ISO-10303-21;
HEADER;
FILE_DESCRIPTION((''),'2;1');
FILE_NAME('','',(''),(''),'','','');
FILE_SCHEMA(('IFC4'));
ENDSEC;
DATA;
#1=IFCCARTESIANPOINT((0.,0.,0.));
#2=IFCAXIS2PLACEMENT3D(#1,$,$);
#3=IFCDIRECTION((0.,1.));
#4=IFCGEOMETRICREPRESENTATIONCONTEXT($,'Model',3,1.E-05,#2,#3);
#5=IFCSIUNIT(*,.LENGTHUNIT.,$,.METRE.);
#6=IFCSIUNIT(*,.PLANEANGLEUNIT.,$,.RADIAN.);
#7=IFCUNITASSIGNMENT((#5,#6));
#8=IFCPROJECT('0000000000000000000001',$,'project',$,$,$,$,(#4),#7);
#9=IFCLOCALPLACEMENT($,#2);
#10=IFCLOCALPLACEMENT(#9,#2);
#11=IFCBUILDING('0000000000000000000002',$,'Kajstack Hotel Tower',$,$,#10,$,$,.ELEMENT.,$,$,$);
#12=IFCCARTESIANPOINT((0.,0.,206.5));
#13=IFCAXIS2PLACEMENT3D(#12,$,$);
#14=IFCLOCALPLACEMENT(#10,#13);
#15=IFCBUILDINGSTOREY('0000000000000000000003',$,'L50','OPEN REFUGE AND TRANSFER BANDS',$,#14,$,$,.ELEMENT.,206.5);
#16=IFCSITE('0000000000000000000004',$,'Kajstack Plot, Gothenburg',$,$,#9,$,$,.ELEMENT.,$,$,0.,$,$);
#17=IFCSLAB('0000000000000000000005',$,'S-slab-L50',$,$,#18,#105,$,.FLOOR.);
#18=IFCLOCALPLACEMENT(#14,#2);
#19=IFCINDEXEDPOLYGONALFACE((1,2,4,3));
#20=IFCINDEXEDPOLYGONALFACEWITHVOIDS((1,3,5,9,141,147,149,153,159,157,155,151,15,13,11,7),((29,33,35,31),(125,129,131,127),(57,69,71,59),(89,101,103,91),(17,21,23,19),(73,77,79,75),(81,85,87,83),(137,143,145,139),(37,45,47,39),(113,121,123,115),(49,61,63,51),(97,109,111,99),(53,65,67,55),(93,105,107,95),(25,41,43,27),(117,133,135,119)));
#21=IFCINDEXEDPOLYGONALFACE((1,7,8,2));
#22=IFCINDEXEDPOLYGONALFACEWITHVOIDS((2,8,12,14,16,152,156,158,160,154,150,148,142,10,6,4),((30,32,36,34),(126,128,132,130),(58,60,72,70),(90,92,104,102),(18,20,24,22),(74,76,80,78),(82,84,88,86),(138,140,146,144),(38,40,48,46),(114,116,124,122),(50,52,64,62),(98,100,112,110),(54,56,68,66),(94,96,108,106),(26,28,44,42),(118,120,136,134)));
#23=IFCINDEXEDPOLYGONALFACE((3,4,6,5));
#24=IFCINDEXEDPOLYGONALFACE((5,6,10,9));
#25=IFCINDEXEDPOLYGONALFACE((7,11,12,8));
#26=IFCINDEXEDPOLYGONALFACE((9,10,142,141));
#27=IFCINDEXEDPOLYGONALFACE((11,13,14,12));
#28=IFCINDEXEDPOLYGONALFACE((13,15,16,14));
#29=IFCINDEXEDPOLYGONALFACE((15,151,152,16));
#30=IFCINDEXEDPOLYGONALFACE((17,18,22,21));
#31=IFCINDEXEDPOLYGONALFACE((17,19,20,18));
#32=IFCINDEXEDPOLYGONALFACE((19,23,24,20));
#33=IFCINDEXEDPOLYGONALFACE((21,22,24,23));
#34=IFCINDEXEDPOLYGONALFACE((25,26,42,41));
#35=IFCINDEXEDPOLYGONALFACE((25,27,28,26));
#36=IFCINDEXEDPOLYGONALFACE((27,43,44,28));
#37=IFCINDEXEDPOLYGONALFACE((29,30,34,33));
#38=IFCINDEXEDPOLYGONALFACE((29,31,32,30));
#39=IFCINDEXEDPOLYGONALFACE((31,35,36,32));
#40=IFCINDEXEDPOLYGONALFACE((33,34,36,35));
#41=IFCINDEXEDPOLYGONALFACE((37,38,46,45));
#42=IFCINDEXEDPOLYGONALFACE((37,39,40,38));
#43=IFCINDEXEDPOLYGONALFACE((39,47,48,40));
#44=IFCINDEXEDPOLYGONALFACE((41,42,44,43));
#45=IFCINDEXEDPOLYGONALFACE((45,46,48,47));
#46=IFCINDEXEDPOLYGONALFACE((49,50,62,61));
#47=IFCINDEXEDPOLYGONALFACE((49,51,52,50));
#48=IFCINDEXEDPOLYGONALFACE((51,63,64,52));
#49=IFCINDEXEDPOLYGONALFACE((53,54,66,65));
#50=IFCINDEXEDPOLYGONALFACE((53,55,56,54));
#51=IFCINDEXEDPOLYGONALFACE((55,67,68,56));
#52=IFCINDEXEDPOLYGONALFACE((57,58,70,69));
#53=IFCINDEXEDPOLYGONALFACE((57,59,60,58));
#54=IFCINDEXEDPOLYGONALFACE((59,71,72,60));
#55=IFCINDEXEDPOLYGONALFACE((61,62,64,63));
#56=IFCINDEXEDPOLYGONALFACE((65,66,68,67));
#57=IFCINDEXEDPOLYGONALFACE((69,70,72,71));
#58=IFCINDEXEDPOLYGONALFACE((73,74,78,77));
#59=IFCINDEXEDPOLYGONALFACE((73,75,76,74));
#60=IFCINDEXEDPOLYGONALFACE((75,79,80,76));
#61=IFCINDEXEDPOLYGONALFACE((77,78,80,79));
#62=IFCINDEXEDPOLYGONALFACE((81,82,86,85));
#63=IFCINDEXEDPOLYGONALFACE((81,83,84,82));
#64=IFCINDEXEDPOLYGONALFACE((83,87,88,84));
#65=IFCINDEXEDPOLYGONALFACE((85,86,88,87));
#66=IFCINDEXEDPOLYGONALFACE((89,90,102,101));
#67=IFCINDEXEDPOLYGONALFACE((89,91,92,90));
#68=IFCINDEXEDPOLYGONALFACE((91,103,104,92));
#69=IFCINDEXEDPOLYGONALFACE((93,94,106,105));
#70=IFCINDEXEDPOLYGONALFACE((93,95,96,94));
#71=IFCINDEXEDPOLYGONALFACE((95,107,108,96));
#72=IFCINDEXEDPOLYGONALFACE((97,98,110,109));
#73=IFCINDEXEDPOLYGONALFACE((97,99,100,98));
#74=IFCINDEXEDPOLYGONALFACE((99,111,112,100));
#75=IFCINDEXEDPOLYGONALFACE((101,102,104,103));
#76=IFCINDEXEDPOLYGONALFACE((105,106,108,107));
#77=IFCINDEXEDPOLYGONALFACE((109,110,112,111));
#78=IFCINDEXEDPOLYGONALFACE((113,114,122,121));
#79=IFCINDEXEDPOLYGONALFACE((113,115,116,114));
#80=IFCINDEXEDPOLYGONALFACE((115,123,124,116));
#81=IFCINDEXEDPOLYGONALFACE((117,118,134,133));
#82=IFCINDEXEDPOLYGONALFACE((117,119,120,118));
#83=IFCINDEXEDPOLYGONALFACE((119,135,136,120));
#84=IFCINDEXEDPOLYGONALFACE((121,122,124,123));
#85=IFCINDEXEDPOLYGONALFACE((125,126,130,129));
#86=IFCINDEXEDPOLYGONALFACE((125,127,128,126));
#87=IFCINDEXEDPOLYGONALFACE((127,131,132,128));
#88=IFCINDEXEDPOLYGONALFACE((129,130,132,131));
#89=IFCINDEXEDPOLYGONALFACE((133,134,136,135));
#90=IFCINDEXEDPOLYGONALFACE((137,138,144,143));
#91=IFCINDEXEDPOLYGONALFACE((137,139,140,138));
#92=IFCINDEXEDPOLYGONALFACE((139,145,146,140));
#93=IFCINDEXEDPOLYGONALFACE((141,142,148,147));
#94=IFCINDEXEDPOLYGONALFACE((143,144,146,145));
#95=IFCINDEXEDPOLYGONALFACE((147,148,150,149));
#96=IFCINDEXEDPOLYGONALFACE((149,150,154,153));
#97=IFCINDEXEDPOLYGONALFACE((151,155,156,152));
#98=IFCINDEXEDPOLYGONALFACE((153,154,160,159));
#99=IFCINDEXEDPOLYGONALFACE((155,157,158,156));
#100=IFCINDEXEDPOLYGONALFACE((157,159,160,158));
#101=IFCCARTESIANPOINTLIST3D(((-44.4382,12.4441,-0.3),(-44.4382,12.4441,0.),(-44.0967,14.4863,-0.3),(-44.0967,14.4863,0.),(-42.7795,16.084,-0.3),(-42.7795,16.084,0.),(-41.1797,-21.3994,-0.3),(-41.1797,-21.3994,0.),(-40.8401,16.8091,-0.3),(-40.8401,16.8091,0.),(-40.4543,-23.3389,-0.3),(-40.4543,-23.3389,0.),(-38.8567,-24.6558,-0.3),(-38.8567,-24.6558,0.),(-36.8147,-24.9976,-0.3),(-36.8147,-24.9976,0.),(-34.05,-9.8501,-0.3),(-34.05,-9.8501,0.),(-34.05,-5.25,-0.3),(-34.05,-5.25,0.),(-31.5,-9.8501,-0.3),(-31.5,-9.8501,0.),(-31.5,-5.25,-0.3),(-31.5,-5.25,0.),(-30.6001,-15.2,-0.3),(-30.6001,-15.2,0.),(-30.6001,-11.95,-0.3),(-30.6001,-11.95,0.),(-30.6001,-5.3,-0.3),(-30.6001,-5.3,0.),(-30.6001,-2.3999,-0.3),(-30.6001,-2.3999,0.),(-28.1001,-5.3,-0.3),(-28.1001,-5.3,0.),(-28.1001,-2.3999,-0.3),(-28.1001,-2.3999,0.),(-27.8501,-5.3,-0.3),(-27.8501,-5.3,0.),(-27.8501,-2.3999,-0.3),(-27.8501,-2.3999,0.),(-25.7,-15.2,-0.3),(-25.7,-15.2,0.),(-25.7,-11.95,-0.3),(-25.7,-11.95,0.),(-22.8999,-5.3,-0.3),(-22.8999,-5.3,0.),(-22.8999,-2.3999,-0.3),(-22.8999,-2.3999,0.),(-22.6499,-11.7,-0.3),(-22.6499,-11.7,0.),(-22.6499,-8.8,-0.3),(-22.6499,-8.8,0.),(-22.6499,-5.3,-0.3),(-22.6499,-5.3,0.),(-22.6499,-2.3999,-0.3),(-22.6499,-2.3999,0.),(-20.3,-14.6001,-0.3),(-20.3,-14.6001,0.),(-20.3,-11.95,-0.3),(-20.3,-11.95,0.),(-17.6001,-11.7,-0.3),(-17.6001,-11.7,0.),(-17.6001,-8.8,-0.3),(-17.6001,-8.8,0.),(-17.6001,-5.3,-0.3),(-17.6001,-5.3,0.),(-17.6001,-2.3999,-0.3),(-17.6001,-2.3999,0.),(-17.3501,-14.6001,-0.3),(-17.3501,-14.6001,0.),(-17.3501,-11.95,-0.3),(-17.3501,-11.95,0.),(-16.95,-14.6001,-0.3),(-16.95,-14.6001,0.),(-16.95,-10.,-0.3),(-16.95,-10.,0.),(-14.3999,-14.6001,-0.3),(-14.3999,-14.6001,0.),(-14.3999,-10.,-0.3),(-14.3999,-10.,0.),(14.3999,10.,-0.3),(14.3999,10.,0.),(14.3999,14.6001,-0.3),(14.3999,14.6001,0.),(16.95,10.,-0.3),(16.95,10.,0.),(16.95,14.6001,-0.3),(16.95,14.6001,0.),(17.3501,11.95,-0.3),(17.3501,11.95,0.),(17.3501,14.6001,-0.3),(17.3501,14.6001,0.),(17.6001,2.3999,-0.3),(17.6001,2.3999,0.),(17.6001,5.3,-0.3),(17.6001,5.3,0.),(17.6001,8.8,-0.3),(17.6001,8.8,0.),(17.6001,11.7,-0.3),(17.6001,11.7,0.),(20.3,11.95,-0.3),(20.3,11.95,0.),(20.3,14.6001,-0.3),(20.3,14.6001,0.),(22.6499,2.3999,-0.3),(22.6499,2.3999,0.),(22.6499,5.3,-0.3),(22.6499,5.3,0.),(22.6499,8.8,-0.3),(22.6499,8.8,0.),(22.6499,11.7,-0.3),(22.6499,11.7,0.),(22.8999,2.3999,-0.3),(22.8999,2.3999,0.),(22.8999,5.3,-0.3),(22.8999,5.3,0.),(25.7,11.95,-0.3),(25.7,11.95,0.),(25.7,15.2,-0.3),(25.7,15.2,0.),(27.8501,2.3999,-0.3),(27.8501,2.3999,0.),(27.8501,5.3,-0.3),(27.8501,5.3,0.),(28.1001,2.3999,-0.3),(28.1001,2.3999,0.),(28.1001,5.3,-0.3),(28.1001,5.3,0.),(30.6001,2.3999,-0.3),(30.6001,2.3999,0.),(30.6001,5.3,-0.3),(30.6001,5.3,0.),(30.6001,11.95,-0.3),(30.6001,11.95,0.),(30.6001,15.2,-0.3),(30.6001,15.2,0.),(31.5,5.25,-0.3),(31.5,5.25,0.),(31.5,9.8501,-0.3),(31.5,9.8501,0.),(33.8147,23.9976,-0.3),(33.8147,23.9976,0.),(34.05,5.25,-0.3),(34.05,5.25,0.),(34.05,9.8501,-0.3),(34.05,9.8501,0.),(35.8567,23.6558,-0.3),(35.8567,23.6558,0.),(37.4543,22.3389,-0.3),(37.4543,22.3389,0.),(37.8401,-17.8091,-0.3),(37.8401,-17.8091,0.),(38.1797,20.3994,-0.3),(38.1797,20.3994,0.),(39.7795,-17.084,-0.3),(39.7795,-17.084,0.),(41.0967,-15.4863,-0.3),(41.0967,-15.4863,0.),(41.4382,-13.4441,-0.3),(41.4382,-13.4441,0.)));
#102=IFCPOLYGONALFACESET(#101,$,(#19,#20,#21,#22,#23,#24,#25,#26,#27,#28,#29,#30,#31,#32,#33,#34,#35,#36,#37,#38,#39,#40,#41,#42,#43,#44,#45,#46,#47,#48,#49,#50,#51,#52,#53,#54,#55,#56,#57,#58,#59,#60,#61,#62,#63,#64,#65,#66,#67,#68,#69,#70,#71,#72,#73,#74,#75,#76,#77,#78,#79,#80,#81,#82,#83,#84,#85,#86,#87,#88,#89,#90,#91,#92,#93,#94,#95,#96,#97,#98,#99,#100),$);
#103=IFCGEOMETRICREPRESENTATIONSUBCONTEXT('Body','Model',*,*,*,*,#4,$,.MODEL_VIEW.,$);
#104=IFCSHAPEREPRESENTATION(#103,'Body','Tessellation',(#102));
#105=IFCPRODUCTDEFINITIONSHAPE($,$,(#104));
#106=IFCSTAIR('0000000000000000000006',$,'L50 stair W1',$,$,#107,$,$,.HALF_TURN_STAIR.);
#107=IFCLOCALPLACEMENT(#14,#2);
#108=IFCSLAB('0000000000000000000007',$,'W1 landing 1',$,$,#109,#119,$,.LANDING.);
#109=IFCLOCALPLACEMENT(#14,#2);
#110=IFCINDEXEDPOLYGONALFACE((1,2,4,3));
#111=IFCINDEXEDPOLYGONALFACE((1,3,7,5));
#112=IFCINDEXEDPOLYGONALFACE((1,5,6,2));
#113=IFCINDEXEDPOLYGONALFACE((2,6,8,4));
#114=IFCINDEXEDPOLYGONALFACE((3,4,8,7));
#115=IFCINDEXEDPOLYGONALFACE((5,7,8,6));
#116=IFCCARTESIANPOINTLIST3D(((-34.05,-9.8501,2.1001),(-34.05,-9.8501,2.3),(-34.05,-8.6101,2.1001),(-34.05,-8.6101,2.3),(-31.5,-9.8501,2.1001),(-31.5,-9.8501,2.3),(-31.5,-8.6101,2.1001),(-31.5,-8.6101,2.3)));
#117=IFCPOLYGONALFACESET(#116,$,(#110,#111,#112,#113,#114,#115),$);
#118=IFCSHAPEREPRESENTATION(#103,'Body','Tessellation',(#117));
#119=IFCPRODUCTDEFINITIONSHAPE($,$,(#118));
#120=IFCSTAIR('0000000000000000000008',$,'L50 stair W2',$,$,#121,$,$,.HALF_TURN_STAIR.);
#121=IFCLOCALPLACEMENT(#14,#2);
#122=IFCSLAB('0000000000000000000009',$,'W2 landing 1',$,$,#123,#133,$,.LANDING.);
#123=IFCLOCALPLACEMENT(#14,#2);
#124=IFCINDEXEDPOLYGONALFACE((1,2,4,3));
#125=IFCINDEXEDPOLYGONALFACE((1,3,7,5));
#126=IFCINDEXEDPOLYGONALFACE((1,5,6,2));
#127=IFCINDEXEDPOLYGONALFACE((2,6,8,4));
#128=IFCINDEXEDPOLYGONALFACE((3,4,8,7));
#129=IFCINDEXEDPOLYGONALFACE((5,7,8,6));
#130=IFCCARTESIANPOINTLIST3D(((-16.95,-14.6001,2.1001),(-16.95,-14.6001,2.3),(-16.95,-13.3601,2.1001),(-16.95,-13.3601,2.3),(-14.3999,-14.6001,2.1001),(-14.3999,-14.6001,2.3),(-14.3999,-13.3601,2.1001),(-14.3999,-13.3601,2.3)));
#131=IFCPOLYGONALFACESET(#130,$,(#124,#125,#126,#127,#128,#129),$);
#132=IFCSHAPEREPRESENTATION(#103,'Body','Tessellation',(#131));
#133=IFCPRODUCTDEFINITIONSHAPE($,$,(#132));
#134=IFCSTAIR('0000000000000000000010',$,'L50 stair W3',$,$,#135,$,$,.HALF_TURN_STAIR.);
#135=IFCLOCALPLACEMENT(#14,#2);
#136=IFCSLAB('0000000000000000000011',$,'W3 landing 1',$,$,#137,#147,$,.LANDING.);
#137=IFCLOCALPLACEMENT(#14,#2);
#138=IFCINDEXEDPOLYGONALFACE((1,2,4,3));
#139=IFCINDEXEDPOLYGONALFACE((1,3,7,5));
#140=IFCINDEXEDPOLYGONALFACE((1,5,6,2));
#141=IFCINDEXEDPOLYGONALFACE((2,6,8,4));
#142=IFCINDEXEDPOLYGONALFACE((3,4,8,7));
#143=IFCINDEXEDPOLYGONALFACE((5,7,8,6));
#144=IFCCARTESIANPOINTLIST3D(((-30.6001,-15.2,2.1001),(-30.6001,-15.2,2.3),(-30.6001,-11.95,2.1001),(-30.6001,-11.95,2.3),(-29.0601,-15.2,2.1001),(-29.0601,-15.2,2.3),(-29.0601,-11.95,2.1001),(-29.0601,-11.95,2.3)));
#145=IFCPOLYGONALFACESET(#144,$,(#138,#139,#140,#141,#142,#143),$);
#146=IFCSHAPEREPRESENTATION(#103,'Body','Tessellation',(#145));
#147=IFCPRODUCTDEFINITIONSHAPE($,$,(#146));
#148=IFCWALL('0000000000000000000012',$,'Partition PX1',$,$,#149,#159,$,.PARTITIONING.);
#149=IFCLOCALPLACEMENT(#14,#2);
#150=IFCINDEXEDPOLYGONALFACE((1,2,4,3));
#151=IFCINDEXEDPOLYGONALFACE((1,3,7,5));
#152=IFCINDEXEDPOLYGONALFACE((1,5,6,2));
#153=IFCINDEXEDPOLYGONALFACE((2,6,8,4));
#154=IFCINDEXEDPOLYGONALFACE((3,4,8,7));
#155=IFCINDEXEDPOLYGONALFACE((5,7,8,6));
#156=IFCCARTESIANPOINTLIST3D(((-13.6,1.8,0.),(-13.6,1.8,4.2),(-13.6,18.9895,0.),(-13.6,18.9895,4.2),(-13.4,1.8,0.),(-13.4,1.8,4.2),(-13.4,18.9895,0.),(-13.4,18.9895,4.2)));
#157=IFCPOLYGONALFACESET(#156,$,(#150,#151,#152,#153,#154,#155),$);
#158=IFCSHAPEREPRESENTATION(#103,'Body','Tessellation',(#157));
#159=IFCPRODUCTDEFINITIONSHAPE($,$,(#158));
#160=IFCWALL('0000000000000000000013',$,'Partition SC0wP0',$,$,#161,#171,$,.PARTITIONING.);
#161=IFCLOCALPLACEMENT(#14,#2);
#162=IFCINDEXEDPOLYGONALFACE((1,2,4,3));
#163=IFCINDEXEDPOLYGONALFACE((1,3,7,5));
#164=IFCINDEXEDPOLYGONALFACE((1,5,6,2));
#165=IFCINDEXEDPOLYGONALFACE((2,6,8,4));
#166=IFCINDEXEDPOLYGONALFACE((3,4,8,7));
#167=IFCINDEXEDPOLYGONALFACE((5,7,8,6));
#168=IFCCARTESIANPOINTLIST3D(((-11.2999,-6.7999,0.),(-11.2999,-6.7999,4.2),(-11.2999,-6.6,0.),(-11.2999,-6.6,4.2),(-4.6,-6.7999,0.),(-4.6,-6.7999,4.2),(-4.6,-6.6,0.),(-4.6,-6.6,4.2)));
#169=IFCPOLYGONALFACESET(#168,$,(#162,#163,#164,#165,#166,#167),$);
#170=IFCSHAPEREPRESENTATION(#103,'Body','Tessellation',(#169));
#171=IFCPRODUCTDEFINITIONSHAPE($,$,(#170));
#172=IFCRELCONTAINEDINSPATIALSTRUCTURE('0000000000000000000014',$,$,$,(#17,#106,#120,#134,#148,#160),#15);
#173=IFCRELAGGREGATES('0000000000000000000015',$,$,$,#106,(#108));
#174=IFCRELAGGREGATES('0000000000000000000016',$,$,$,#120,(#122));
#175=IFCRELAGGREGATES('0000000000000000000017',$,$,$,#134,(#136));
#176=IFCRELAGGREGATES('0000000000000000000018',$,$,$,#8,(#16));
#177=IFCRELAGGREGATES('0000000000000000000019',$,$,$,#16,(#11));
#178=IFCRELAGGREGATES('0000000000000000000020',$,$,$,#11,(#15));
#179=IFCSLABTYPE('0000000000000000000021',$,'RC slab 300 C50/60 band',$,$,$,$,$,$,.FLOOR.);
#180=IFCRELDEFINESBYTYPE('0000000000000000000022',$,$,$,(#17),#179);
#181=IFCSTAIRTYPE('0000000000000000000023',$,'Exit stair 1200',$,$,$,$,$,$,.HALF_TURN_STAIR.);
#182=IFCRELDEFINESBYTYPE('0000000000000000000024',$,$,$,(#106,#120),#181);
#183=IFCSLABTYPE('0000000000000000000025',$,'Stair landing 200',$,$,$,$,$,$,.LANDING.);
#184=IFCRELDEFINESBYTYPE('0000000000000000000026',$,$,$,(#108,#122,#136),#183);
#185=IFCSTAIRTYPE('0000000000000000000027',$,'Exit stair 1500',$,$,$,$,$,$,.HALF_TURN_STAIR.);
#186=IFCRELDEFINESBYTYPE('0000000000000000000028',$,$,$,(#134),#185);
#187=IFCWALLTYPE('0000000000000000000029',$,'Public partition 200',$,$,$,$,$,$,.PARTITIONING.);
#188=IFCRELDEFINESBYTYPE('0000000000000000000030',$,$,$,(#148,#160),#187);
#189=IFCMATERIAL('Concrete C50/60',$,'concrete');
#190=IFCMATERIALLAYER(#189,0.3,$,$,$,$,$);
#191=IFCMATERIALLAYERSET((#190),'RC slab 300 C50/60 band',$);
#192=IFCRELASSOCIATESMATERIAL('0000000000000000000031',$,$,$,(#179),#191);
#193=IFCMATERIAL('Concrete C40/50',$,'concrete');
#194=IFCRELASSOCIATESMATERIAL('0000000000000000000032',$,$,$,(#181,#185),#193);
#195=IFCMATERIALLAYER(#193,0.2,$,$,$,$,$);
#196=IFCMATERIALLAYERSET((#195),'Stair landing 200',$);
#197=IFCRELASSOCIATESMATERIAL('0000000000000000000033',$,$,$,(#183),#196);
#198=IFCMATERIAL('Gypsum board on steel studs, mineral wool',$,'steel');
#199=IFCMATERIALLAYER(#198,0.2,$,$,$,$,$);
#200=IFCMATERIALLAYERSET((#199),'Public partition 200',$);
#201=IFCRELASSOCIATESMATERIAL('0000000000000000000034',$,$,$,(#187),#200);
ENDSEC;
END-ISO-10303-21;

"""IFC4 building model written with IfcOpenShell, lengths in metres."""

from ifc_helpers import new_model, si_unit, direction, frame, frame_2d, origin, place, context, subcontext, project, spatial, polyline, rectangle, outline, extrude, material, layer, layer_set, type_object, element, aggregate, save


model = new_model("IFC4")

# Units and contexts
model_context = context("Model", 3, precision=1e-05, world=origin(), true_north=direction((0.0, 1.0)))
body_context = subcontext(model_context, "Body", "Model", "MODEL_VIEW")
ifc_project = project(units=[si_unit("LENGTHUNIT", "METRE"), si_unit("PLANEANGLEUNIT", "RADIAN")], contexts=[model_context])

# Site, building, storey
site_placement = place(None, origin())
site = spatial("IfcSite", under=ifc_project, at=site_placement, Name="Kajstack Plot, Gothenburg", CompositionType="ELEMENT", RefElevation=0.0)
building_placement = place(site_placement, origin())
building = spatial("IfcBuilding", under=site, at=building_placement, Name="Kajstack Hotel Tower", CompositionType="ELEMENT")
storey_placement = place(building_placement, frame((0.0, 0.0, 206.5)))
storey = spatial("IfcBuildingStorey", under=building, at=storey_placement, Name="L50", Description="OPEN REFUGE AND TRANSFER BANDS", CompositionType="ELEMENT", Elevation=206.5)

# Slab
ifc_material_1 = material(Name="Concrete C50/60", Category="concrete")
ifc_layer_1 = layer(ifc_material_1, 0.3)
ifc_layer_set_1 = layer_set([ifc_layer_1], Name="RC slab 300 C50/60 band")
slab_type_1 = type_object("IfcSlabType", Name="RC slab 300 C50/60 band", PredefinedType="FLOOR", material=ifc_layer_set_1)
slab_1_placement = place(storey_placement, frame((0.0, 0.0, -0.3)))
element("IfcSlab", 1, at=slab_1_placement, inside=storey, type_object=slab_type_1, Name="S-slab-L50", PredefinedType="FLOOR", context=body_context, shape_type="SweptSolid", body=[
    extrude(outline(polyline([(-44.4382, 12.4441), (-41.1797, -21.3994), (-40.4543, -23.3389), (-38.8567, -24.6558), (-36.8147, -24.9976), (37.8401, -17.8091), (39.7795, -17.084), (41.0967, -15.4863), (41.4382, -13.4441), (38.1797, 20.3994), (37.4543, 22.3389), (35.8567, 23.6558), (33.8147, 23.9976), (-40.8401, 16.8091), (-42.7795, 16.084), (-44.0967, 14.4863), (-44.4382, 12.4441)]), holes=[polyline([(-22.6499, -11.7), (-22.6499, -8.8), (-17.6001, -8.8), (-17.6001, -11.7), (-22.6499, -11.7)]), polyline([(-27.8501, -5.3), (-27.8501, -2.3999), (-22.8999, -2.3999), (-22.8999, -5.3), (-27.8501, -5.3)]), polyline([(-22.6499, -5.3), (-22.6499, -2.3999), (-17.6001, -2.3999), (-17.6001, -5.3), (-22.6499, -5.3)]), polyline([(-20.3, -14.6001), (-17.3501, -14.6001), (-17.3501, -11.95), (-20.3, -11.95), (-20.3, -14.6001)]), polyline([(-30.6001, -5.3), (-28.1001, -5.3), (-28.1001, -2.3999), (-30.6001, -2.3999), (-30.6001, -5.3)]), polyline([(17.6001, 8.8), (17.6001, 11.7), (22.6499, 11.7), (22.6499, 8.8), (17.6001, 8.8)]), polyline([(22.8999, 2.3999), (22.8999, 5.3), (27.8501, 5.3), (27.8501, 2.3999), (22.8999, 2.3999)]), polyline([(17.6001, 2.3999), (17.6001, 5.3), (22.6499, 5.3), (22.6499, 2.3999), (17.6001, 2.3999)]), polyline([(20.3, 14.6001), (17.3501, 14.6001), (17.3501, 11.95), (20.3, 11.95), (20.3, 14.6001)]), polyline([(30.6001, 5.3), (28.1001, 5.3), (28.1001, 2.3999), (30.6001, 2.3999), (30.6001, 5.3)]), polyline([(-34.05, -9.8501), (-31.5, -9.8501), (-31.5, -5.25), (-34.05, -5.25), (-34.05, -9.8501)]), polyline([(-16.95, -14.6001), (-14.3999, -14.6001), (-14.3999, -10.0), (-16.95, -10.0), (-16.95, -14.6001)]), polyline([(-30.6001, -15.2), (-25.7, -15.2), (-25.7, -11.95), (-30.6001, -11.95), (-30.6001, -15.2)]), polyline([(34.05, 9.8501), (31.5, 9.8501), (31.5, 5.25), (34.05, 5.25), (34.05, 9.8501)]), polyline([(16.95, 14.6001), (14.3999, 14.6001), (14.3999, 10.0), (16.95, 10.0), (16.95, 14.6001)]), polyline([(30.6001, 15.2), (25.7, 15.2), (25.7, 11.95), (30.6001, 11.95), (30.6001, 15.2)])]), origin(), (0.0, 0.0, 1.0), 0.3),
])

# Stairs, slabs
ifc_material_2 = material(Name="Concrete C40/50", Category="concrete")
stair_type_1 = type_object("IfcStairType", Name="Exit stair 1200", PredefinedType="HALF_TURN_STAIR", material=ifc_material_2)
stair_1_placement = place(storey_placement, origin())
stair_1 = element("IfcStair", 2, at=stair_1_placement, inside=storey, type_object=stair_type_1, Name="L50 stair W1", PredefinedType="HALF_TURN_STAIR")
ifc_layer_2 = layer(ifc_material_2, 0.2)
ifc_layer_set_2 = layer_set([ifc_layer_2], Name="Stair landing 200")
slab_type_2 = type_object("IfcSlabType", Name="Stair landing 200", PredefinedType="LANDING", material=ifc_layer_set_2)
slab_2_placement = place(storey_placement, frame((0.0, 0.0, 2.1001)))
slab_2 = element("IfcSlab", 3, at=slab_2_placement, type_object=slab_type_2, Name="W1 landing 1", PredefinedType="LANDING", context=body_context, shape_type="SweptSolid", body=[
    extrude(outline(polyline([(-34.05, -8.6101), (-34.05, -9.8501), (-31.5, -9.8501), (-31.5, -8.6101), (-34.05, -8.6101)])), origin(), (0.0, 0.0, 1.0), 0.2),
])
aggregate(stair_1, [slab_2])
stair_2_placement = place(storey_placement, origin())
stair_2 = element("IfcStair", 4, at=stair_2_placement, inside=storey, type_object=stair_type_1, Name="L50 stair W2", PredefinedType="HALF_TURN_STAIR")
slab_3_placement = place(storey_placement, frame((0.0, 0.0, 2.1001)))
slab_3 = element("IfcSlab", 5, at=slab_3_placement, type_object=slab_type_2, Name="W2 landing 1", PredefinedType="LANDING", context=body_context, shape_type="SweptSolid", body=[
    extrude(outline(polyline([(-16.95, -13.3601), (-16.95, -14.6001), (-14.3999, -14.6001), (-14.3999, -13.3601), (-16.95, -13.3601)])), origin(), (0.0, 0.0, 1.0), 0.2),
])
aggregate(stair_2, [slab_3])
stair_type_2 = type_object("IfcStairType", Name="Exit stair 1500", PredefinedType="HALF_TURN_STAIR", material=ifc_material_2)
stair_3_placement = place(storey_placement, origin())
stair_3 = element("IfcStair", 6, at=stair_3_placement, inside=storey, type_object=stair_type_2, Name="L50 stair W3", PredefinedType="HALF_TURN_STAIR")
slab_4_placement = place(storey_placement, frame((0.0, 0.0, 2.1001)))
slab_4 = element("IfcSlab", 7, at=slab_4_placement, type_object=slab_type_2, Name="W3 landing 1", PredefinedType="LANDING", context=body_context, shape_type="SweptSolid", body=[
    extrude(outline(polyline([(-29.0601, -11.95), (-30.6001, -11.95), (-30.6001, -15.2), (-29.0601, -15.2), (-29.0601, -11.95)])), origin(), (0.0, 0.0, 1.0), 0.2),
])
aggregate(stair_3, [slab_4])

# Walls
ifc_material_3 = material(Name="Gypsum board on steel studs, mineral wool", Category="steel")
ifc_layer_3 = layer(ifc_material_3, 0.2)
ifc_layer_set_3 = layer_set([ifc_layer_3], Name="Public partition 200")
wall_type = type_object("IfcWallType", Name="Public partition 200", PredefinedType="PARTITIONING", material=ifc_layer_set_3)
wall_1_placement = place(storey_placement, frame((-13.5, 1.8, 0.0), z_axis=(0.0, 0.0, 1.0), x_axis=(0.0, 1.0, 0.0)))
element("IfcWall", 8, at=wall_1_placement, inside=storey, type_object=wall_type, Name="Partition PX1", PredefinedType="PARTITIONING", context=body_context, shape_type="SweptSolid", body=[
    extrude(rectangle(XDim=17.1895, YDim=0.2, at=frame_2d((8.5947, 0.0))), origin(), (0.0, 0.0, 1.0), 4.2),
])
wall_2_placement = place(storey_placement, frame((-11.3, -6.7, 0.0), z_axis=(0.0, 0.0, 1.0), x_axis=(1.0, 0.0, 0.0)))
element("IfcWall", 9, at=wall_2_placement, inside=storey, type_object=wall_type, Name="Partition SC0wP0", PredefinedType="PARTITIONING", context=body_context, shape_type="SweptSolid", body=[
    extrude(rectangle(XDim=6.7, YDim=0.2, at=frame_2d((3.3501, 0.0))), origin(), (0.0, 0.0, 1.0), 4.2),
])

save(model, "model.ifc")
